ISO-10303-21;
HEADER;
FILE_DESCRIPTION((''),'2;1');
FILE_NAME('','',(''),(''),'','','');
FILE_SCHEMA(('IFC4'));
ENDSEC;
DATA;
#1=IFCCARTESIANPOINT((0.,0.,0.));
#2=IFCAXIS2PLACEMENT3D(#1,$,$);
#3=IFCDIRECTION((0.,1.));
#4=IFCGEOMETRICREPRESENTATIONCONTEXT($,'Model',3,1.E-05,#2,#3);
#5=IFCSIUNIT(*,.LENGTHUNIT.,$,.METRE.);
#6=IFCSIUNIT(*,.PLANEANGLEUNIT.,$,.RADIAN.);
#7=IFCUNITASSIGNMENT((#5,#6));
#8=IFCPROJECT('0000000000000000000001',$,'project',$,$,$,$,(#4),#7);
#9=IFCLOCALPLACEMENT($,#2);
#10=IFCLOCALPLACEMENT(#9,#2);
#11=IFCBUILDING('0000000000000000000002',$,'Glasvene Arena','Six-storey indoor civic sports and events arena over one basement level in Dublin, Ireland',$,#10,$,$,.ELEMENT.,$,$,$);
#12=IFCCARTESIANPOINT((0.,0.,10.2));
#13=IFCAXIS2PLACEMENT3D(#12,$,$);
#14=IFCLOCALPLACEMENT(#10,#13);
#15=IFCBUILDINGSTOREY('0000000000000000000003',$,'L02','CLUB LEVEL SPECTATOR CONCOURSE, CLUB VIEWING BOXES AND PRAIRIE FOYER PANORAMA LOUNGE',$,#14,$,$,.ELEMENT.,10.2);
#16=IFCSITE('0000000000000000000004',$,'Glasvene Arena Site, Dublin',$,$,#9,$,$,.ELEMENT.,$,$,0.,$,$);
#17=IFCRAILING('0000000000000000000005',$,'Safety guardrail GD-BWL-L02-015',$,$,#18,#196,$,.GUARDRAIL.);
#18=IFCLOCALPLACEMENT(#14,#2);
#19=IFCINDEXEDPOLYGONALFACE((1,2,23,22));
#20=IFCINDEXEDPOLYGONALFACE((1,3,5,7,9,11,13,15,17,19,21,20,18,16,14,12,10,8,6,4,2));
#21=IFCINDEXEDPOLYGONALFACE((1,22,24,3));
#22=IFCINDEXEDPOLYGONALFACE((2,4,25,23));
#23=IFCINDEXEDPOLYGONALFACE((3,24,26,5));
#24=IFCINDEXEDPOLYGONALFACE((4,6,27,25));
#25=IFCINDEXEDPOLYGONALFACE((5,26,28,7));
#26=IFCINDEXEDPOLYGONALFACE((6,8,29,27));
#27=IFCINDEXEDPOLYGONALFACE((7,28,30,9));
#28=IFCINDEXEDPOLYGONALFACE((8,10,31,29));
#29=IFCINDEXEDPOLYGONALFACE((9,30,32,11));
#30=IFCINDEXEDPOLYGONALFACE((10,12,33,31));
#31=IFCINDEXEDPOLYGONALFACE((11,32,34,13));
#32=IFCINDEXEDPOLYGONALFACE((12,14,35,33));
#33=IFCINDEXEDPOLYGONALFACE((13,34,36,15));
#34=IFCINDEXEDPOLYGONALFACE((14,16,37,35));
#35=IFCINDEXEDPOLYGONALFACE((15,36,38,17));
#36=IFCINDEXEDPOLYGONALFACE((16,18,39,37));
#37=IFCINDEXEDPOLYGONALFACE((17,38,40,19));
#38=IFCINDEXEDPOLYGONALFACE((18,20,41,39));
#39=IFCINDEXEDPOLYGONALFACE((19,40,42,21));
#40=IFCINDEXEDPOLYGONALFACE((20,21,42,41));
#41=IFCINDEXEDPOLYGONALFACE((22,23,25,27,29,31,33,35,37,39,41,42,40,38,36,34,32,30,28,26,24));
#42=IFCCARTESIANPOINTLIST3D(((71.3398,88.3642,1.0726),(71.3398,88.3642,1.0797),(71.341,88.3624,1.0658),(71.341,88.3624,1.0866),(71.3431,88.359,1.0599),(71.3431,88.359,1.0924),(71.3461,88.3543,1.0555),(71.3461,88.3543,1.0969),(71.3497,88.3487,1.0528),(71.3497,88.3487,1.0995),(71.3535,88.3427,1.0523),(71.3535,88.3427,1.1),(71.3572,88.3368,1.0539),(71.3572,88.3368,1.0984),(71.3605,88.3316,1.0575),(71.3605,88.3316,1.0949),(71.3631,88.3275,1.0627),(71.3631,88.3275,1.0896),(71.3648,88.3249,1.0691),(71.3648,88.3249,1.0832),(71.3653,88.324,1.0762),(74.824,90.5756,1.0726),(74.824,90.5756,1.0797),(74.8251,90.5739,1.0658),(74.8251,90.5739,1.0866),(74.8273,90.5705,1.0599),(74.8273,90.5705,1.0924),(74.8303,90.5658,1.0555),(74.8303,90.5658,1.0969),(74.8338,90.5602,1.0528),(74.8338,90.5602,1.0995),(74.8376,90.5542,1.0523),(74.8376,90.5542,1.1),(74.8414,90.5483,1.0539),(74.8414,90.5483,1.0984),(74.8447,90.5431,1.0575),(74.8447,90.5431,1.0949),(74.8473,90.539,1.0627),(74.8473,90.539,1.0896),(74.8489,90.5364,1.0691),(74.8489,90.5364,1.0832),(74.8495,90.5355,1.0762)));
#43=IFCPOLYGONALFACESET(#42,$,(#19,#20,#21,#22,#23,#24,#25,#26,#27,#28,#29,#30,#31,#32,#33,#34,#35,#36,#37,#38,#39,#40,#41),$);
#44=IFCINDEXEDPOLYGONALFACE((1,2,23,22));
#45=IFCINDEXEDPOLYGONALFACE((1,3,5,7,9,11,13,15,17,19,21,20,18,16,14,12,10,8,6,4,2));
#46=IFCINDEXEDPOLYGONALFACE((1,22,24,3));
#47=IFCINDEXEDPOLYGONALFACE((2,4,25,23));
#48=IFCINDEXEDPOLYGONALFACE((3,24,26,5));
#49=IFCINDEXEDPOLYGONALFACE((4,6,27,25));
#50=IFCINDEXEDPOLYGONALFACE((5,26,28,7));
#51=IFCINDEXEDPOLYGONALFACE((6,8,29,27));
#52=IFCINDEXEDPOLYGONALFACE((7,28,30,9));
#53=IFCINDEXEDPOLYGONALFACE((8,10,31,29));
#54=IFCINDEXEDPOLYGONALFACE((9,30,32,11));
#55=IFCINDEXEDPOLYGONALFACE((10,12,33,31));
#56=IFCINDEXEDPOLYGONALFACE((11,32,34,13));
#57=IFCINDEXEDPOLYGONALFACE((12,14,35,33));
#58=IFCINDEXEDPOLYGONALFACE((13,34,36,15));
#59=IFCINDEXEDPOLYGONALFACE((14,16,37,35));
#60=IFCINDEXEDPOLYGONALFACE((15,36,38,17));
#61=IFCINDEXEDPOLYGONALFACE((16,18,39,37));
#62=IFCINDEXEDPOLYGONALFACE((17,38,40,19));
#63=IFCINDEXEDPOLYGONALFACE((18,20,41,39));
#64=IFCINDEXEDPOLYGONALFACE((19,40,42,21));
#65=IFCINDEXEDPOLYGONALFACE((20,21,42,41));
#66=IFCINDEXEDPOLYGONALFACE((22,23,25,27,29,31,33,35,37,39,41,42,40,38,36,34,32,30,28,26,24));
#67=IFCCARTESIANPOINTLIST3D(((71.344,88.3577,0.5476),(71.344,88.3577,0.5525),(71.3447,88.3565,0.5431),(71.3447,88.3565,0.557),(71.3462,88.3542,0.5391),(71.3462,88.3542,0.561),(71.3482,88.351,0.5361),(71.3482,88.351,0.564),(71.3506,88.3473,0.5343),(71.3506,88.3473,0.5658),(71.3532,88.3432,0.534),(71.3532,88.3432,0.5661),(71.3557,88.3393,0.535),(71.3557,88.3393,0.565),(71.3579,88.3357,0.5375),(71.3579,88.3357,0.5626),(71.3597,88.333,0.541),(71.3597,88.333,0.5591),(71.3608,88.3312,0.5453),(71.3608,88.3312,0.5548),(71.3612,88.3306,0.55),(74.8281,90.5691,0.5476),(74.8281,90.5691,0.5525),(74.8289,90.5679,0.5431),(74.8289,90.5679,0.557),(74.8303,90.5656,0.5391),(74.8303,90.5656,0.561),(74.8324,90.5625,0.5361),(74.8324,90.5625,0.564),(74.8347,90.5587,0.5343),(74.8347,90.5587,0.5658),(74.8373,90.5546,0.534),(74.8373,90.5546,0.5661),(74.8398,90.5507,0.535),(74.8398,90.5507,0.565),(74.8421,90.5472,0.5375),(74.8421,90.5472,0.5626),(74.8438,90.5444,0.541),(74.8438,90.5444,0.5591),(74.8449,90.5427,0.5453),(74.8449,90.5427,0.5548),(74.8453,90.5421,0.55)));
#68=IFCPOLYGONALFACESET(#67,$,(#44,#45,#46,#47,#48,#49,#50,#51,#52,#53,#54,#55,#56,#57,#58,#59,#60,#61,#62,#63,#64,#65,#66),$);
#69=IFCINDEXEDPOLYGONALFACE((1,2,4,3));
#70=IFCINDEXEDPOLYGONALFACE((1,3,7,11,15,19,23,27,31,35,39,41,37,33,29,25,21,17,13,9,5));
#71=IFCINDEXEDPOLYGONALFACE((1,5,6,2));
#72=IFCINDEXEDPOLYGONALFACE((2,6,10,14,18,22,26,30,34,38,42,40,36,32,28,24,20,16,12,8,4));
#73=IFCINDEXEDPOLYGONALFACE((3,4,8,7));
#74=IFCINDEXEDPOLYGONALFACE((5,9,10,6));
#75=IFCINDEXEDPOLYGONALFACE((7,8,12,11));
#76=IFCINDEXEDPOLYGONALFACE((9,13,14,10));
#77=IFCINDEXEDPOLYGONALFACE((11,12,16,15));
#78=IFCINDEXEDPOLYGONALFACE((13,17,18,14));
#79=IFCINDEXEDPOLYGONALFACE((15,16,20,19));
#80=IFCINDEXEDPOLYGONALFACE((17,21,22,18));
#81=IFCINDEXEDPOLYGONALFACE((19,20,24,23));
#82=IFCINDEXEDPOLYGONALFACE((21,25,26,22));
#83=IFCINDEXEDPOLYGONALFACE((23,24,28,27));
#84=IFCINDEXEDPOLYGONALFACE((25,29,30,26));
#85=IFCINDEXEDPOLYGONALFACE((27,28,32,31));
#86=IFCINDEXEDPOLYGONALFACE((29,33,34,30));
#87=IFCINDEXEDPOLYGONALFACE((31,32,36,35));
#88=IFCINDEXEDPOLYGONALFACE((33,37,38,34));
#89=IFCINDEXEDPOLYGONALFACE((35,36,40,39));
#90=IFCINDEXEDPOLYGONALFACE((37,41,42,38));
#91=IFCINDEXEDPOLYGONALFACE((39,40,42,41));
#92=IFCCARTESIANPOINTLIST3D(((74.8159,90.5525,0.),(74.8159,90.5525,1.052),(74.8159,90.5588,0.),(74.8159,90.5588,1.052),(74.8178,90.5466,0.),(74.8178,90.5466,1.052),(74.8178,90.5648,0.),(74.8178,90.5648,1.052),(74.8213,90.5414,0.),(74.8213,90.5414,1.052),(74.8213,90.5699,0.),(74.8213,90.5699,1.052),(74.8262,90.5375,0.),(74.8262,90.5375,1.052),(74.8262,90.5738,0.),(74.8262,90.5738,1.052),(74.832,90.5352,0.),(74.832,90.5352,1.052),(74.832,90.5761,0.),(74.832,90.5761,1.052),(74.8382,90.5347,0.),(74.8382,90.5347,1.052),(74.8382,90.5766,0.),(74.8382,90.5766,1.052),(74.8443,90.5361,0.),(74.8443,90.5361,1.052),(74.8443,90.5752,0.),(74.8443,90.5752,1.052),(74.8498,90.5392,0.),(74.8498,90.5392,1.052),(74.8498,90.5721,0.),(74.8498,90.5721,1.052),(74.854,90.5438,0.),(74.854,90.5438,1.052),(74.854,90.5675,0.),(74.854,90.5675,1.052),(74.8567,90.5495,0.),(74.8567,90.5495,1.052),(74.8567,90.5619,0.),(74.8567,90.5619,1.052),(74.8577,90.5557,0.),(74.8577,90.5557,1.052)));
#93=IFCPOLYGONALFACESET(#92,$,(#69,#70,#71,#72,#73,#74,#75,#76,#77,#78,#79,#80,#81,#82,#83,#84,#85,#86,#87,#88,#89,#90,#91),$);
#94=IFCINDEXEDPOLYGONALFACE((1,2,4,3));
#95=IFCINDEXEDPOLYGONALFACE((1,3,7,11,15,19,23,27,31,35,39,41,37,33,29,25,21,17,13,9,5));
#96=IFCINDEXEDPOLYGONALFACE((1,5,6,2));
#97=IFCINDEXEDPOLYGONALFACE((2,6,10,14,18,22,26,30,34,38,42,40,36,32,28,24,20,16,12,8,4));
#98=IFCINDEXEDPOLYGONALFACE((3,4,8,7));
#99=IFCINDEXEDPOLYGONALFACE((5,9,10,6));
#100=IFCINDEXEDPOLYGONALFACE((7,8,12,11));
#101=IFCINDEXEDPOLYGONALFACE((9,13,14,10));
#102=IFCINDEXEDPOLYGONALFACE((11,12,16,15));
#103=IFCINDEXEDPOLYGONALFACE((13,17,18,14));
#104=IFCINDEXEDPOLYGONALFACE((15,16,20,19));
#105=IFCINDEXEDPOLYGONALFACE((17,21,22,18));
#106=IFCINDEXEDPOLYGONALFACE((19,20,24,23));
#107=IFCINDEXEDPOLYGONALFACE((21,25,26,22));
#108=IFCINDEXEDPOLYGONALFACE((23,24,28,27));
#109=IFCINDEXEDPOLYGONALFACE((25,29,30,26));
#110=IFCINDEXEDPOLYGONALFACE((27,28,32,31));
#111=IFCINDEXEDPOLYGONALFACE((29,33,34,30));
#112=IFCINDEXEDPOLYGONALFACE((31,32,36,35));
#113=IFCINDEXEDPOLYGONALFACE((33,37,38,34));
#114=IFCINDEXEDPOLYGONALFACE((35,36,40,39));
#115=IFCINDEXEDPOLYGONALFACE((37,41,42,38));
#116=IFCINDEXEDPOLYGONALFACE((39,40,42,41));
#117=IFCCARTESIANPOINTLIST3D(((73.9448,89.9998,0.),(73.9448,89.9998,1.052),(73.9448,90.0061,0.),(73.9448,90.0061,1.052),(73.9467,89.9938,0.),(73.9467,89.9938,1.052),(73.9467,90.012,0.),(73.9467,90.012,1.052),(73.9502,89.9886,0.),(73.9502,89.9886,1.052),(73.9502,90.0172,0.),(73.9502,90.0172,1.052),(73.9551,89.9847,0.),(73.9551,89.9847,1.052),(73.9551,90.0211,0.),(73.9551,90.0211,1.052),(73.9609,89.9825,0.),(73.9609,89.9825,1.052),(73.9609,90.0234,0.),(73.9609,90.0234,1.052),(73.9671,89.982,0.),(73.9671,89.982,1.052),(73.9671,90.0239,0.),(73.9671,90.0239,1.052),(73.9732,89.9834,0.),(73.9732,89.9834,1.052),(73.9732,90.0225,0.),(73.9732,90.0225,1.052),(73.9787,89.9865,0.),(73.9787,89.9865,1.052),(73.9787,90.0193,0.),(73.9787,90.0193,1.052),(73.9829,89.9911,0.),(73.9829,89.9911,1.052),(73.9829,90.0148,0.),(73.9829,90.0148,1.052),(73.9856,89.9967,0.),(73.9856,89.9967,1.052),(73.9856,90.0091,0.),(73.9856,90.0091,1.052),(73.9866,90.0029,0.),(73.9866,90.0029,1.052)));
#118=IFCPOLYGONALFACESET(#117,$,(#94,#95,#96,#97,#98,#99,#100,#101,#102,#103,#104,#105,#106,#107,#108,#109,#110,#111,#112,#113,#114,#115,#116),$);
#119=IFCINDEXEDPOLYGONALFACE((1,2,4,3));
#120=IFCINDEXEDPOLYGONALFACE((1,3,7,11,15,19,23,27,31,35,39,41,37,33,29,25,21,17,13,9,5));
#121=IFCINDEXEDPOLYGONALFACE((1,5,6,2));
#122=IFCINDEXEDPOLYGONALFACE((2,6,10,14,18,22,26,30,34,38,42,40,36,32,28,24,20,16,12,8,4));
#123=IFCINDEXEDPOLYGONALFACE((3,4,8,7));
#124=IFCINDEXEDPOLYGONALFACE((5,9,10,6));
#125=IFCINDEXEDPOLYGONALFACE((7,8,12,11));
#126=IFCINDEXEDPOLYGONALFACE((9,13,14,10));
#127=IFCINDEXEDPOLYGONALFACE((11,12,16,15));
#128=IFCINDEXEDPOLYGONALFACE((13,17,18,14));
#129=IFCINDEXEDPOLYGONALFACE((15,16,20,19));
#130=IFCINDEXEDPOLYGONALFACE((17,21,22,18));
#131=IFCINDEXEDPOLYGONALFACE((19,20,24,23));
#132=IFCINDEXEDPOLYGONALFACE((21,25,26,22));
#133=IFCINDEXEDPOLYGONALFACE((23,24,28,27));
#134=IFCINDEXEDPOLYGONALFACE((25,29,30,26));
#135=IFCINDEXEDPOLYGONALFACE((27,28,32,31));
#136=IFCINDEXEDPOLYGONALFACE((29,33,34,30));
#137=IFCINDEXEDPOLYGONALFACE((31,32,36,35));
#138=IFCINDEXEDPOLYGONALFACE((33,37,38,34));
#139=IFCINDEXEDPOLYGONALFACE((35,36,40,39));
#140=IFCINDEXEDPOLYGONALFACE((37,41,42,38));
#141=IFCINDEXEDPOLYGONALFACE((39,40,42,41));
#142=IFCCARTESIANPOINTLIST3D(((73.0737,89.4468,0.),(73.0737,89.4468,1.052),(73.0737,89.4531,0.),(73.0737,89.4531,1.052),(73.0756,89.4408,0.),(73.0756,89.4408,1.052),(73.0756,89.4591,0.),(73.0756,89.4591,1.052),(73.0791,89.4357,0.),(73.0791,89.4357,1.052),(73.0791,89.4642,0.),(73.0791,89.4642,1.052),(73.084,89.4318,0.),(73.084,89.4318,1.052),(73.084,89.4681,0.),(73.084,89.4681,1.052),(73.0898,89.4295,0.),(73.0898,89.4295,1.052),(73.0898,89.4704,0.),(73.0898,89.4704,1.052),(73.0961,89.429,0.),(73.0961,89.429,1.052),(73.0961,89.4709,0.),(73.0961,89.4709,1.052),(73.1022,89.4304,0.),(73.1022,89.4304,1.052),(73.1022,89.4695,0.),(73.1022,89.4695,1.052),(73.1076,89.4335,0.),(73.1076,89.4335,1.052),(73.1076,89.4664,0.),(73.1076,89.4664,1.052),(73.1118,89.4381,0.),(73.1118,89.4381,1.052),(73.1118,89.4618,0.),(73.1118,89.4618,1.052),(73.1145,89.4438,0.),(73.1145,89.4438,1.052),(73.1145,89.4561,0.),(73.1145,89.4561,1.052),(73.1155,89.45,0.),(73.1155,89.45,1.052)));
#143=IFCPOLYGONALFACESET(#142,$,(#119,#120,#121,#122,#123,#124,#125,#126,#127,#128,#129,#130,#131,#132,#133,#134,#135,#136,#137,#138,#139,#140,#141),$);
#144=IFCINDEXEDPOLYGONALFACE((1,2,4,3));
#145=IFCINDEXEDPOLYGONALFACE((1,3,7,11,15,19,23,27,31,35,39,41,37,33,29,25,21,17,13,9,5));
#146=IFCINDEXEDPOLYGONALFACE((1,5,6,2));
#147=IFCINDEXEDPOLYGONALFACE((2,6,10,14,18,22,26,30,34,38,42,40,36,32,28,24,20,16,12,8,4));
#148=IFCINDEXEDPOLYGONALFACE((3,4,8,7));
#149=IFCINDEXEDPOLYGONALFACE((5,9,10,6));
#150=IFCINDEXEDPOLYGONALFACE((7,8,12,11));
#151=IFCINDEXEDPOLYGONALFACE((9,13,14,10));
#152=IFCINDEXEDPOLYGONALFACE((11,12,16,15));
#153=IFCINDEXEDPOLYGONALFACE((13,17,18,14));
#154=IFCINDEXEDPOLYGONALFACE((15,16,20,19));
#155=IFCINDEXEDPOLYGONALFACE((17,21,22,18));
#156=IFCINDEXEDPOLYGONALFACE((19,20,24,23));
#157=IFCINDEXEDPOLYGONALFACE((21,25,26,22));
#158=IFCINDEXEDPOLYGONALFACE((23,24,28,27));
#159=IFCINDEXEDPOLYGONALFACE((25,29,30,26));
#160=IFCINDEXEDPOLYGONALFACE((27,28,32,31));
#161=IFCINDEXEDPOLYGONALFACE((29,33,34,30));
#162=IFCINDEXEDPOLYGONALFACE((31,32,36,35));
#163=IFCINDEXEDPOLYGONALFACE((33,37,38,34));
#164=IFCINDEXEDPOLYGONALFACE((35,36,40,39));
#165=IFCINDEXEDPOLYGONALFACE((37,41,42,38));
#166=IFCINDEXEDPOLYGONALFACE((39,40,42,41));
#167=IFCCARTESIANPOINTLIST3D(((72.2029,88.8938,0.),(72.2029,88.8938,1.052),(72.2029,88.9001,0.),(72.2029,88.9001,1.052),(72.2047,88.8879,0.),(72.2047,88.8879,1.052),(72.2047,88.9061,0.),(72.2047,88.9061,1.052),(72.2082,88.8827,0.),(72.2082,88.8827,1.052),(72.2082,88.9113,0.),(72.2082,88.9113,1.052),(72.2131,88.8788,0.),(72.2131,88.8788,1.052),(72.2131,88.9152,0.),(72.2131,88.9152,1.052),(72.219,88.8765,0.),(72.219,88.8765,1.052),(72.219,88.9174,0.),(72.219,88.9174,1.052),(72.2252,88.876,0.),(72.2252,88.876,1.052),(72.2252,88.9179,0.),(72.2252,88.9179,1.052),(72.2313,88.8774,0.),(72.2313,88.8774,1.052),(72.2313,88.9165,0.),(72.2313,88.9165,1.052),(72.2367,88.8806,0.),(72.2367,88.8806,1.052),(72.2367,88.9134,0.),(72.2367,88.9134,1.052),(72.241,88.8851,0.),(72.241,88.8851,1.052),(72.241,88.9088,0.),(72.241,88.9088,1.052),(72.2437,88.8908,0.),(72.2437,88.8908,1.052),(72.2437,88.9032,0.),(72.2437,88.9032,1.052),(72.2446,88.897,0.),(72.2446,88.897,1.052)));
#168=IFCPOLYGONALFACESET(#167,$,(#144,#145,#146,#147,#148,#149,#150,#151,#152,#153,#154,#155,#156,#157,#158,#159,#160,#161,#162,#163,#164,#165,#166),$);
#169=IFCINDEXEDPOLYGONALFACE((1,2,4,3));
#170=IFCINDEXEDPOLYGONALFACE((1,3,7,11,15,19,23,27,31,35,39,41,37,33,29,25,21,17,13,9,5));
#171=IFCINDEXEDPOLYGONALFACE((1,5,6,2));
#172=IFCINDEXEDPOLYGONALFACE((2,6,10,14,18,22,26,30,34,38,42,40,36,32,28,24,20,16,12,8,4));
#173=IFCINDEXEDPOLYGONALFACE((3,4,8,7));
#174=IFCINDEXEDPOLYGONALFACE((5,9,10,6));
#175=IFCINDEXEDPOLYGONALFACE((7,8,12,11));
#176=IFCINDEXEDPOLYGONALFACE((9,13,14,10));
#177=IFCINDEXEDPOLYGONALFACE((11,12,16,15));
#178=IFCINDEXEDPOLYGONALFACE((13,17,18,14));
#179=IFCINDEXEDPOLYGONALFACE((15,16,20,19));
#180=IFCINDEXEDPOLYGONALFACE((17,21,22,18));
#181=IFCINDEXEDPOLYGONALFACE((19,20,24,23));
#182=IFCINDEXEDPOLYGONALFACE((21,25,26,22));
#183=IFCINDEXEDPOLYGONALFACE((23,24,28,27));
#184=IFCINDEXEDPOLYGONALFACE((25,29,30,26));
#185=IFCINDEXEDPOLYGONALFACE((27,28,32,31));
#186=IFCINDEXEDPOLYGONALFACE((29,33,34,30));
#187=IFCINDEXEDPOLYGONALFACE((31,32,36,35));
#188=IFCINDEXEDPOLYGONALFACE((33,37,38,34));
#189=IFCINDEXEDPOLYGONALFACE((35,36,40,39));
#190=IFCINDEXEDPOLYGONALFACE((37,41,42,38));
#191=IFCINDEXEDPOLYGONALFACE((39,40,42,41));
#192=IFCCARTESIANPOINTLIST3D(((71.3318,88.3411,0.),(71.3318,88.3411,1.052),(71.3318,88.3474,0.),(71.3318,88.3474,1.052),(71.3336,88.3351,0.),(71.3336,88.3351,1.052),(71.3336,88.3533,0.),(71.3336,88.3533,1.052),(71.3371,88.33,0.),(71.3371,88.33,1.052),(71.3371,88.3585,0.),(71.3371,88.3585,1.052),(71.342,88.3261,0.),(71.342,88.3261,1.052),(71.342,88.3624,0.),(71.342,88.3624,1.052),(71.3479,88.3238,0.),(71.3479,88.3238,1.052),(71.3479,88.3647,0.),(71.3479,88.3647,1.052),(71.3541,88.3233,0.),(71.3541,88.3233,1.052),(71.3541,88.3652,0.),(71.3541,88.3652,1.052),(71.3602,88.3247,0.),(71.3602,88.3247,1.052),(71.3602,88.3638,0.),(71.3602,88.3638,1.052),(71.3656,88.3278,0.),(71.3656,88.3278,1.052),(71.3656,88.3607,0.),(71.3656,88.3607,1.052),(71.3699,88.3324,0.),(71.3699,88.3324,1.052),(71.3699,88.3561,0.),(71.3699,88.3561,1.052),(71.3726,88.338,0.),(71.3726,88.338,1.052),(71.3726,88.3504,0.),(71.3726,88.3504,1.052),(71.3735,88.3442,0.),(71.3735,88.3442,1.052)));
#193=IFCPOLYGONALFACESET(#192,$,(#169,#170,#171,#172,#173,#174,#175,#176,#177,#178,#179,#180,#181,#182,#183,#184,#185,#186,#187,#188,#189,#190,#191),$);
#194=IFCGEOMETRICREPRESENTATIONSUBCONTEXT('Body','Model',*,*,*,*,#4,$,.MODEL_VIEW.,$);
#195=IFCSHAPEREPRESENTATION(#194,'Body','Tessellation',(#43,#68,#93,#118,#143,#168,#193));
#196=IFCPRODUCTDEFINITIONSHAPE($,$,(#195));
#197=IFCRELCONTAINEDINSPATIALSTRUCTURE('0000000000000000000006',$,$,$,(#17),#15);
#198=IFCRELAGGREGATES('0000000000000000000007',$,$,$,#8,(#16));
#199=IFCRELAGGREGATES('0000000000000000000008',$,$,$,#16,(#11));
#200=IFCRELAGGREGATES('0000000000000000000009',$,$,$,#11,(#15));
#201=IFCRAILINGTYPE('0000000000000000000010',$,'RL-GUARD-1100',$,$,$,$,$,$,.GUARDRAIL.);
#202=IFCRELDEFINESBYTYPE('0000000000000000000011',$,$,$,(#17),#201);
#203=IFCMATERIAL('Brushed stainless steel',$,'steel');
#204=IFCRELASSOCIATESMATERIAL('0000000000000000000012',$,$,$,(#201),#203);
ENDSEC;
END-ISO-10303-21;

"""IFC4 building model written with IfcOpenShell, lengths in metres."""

from ifc_helpers import new_model, si_unit, direction, frame, origin, origin_2d, place, context, subcontext, project, spatial, circle, extrude, material, type_object, element, save


model = new_model("IFC4")

# Units and contexts
model_context = context("Model", 3, precision=1e-05, world=origin(), true_north=direction((0.0, 1.0)))
body_context = subcontext(model_context, "Body", "Model", "MODEL_VIEW")
ifc_project = project(units=[si_unit("LENGTHUNIT", "METRE"), si_unit("PLANEANGLEUNIT", "RADIAN")], contexts=[model_context])

# Site, building, storey
site_placement = place(None, origin())
site = spatial("IfcSite", under=ifc_project, at=site_placement, Name="Glasvene Arena Site, Dublin", CompositionType="ELEMENT", RefElevation=0.0)
building_placement = place(site_placement, origin())
building = spatial("IfcBuilding", under=site, at=building_placement, Name="Glasvene Arena", Description="Six-storey indoor civic sports and events arena over one basement level in Dublin, Ireland", CompositionType="ELEMENT")
storey_placement = place(building_placement, frame((0.0, 0.0, 10.2)))
storey = spatial("IfcBuildingStorey", under=building, at=storey_placement, Name="L02", Description="CLUB LEVEL SPECTATOR CONCOURSE, CLUB VIEWING BOXES AND PRAIRIE FOYER PANORAMA LOUNGE", CompositionType="ELEMENT", Elevation=10.2)

# Railing
ifc_material_1 = material(Name="Brushed stainless steel", Category="steel")
railing_type = type_object("IfcRailingType", Name="RL-GUARD-1100", PredefinedType="GUARDRAIL", material=ifc_material_1)
railing_1_placement = place(storey_placement, frame((74.8367, 90.5557, 0.0)))
element("IfcRailing", 1, at=railing_1_placement, inside=storey, type_object=railing_type, Name="Safety guardrail GD-BWL-L02-015", PredefinedType="GUARDRAIL", context=body_context, shape_type="SweptSolid", body=[
    extrude(circle(Radius=0.0239, at=origin_2d()), frame((0.0, 0.0, 1.0762), z_axis=(-0.844292, -0.535884, 0.0), x_axis=(0.535884, -0.844292, 0.0)), (0.0, 0.0, 1.0), 4.1267),
    extrude(circle(Radius=0.0161, at=origin_2d()), frame((0.0, 0.0, 0.55), z_axis=(-0.844292, -0.535884, 0.0), x_axis=(0.535884, -0.844292, 0.0)), (0.0, 0.0, 1.0), 4.1267),
    extrude(circle(Radius=0.021, at=origin_2d()), origin(), (0.0, 0.0, 1.0), 1.052),
    extrude(circle(Radius=0.021, at=origin_2d()), frame((-0.8711, -0.5527, 0.0)), (0.0, 0.0, 1.0), 1.052),
    extrude(circle(Radius=0.021, at=origin_2d()), frame((-1.7422, -1.1057, 0.0)), (0.0, 0.0, 1.0), 1.052),
    extrude(circle(Radius=0.021, at=origin_2d()), frame((-2.613, -1.6587, 0.0)), (0.0, 0.0, 1.0), 1.052),
    extrude(circle(Radius=0.021, at=origin_2d()), frame((-3.4841, -2.2114, 0.0)), (0.0, 0.0, 1.0), 1.052),
])

save(model, "model.ifc")
